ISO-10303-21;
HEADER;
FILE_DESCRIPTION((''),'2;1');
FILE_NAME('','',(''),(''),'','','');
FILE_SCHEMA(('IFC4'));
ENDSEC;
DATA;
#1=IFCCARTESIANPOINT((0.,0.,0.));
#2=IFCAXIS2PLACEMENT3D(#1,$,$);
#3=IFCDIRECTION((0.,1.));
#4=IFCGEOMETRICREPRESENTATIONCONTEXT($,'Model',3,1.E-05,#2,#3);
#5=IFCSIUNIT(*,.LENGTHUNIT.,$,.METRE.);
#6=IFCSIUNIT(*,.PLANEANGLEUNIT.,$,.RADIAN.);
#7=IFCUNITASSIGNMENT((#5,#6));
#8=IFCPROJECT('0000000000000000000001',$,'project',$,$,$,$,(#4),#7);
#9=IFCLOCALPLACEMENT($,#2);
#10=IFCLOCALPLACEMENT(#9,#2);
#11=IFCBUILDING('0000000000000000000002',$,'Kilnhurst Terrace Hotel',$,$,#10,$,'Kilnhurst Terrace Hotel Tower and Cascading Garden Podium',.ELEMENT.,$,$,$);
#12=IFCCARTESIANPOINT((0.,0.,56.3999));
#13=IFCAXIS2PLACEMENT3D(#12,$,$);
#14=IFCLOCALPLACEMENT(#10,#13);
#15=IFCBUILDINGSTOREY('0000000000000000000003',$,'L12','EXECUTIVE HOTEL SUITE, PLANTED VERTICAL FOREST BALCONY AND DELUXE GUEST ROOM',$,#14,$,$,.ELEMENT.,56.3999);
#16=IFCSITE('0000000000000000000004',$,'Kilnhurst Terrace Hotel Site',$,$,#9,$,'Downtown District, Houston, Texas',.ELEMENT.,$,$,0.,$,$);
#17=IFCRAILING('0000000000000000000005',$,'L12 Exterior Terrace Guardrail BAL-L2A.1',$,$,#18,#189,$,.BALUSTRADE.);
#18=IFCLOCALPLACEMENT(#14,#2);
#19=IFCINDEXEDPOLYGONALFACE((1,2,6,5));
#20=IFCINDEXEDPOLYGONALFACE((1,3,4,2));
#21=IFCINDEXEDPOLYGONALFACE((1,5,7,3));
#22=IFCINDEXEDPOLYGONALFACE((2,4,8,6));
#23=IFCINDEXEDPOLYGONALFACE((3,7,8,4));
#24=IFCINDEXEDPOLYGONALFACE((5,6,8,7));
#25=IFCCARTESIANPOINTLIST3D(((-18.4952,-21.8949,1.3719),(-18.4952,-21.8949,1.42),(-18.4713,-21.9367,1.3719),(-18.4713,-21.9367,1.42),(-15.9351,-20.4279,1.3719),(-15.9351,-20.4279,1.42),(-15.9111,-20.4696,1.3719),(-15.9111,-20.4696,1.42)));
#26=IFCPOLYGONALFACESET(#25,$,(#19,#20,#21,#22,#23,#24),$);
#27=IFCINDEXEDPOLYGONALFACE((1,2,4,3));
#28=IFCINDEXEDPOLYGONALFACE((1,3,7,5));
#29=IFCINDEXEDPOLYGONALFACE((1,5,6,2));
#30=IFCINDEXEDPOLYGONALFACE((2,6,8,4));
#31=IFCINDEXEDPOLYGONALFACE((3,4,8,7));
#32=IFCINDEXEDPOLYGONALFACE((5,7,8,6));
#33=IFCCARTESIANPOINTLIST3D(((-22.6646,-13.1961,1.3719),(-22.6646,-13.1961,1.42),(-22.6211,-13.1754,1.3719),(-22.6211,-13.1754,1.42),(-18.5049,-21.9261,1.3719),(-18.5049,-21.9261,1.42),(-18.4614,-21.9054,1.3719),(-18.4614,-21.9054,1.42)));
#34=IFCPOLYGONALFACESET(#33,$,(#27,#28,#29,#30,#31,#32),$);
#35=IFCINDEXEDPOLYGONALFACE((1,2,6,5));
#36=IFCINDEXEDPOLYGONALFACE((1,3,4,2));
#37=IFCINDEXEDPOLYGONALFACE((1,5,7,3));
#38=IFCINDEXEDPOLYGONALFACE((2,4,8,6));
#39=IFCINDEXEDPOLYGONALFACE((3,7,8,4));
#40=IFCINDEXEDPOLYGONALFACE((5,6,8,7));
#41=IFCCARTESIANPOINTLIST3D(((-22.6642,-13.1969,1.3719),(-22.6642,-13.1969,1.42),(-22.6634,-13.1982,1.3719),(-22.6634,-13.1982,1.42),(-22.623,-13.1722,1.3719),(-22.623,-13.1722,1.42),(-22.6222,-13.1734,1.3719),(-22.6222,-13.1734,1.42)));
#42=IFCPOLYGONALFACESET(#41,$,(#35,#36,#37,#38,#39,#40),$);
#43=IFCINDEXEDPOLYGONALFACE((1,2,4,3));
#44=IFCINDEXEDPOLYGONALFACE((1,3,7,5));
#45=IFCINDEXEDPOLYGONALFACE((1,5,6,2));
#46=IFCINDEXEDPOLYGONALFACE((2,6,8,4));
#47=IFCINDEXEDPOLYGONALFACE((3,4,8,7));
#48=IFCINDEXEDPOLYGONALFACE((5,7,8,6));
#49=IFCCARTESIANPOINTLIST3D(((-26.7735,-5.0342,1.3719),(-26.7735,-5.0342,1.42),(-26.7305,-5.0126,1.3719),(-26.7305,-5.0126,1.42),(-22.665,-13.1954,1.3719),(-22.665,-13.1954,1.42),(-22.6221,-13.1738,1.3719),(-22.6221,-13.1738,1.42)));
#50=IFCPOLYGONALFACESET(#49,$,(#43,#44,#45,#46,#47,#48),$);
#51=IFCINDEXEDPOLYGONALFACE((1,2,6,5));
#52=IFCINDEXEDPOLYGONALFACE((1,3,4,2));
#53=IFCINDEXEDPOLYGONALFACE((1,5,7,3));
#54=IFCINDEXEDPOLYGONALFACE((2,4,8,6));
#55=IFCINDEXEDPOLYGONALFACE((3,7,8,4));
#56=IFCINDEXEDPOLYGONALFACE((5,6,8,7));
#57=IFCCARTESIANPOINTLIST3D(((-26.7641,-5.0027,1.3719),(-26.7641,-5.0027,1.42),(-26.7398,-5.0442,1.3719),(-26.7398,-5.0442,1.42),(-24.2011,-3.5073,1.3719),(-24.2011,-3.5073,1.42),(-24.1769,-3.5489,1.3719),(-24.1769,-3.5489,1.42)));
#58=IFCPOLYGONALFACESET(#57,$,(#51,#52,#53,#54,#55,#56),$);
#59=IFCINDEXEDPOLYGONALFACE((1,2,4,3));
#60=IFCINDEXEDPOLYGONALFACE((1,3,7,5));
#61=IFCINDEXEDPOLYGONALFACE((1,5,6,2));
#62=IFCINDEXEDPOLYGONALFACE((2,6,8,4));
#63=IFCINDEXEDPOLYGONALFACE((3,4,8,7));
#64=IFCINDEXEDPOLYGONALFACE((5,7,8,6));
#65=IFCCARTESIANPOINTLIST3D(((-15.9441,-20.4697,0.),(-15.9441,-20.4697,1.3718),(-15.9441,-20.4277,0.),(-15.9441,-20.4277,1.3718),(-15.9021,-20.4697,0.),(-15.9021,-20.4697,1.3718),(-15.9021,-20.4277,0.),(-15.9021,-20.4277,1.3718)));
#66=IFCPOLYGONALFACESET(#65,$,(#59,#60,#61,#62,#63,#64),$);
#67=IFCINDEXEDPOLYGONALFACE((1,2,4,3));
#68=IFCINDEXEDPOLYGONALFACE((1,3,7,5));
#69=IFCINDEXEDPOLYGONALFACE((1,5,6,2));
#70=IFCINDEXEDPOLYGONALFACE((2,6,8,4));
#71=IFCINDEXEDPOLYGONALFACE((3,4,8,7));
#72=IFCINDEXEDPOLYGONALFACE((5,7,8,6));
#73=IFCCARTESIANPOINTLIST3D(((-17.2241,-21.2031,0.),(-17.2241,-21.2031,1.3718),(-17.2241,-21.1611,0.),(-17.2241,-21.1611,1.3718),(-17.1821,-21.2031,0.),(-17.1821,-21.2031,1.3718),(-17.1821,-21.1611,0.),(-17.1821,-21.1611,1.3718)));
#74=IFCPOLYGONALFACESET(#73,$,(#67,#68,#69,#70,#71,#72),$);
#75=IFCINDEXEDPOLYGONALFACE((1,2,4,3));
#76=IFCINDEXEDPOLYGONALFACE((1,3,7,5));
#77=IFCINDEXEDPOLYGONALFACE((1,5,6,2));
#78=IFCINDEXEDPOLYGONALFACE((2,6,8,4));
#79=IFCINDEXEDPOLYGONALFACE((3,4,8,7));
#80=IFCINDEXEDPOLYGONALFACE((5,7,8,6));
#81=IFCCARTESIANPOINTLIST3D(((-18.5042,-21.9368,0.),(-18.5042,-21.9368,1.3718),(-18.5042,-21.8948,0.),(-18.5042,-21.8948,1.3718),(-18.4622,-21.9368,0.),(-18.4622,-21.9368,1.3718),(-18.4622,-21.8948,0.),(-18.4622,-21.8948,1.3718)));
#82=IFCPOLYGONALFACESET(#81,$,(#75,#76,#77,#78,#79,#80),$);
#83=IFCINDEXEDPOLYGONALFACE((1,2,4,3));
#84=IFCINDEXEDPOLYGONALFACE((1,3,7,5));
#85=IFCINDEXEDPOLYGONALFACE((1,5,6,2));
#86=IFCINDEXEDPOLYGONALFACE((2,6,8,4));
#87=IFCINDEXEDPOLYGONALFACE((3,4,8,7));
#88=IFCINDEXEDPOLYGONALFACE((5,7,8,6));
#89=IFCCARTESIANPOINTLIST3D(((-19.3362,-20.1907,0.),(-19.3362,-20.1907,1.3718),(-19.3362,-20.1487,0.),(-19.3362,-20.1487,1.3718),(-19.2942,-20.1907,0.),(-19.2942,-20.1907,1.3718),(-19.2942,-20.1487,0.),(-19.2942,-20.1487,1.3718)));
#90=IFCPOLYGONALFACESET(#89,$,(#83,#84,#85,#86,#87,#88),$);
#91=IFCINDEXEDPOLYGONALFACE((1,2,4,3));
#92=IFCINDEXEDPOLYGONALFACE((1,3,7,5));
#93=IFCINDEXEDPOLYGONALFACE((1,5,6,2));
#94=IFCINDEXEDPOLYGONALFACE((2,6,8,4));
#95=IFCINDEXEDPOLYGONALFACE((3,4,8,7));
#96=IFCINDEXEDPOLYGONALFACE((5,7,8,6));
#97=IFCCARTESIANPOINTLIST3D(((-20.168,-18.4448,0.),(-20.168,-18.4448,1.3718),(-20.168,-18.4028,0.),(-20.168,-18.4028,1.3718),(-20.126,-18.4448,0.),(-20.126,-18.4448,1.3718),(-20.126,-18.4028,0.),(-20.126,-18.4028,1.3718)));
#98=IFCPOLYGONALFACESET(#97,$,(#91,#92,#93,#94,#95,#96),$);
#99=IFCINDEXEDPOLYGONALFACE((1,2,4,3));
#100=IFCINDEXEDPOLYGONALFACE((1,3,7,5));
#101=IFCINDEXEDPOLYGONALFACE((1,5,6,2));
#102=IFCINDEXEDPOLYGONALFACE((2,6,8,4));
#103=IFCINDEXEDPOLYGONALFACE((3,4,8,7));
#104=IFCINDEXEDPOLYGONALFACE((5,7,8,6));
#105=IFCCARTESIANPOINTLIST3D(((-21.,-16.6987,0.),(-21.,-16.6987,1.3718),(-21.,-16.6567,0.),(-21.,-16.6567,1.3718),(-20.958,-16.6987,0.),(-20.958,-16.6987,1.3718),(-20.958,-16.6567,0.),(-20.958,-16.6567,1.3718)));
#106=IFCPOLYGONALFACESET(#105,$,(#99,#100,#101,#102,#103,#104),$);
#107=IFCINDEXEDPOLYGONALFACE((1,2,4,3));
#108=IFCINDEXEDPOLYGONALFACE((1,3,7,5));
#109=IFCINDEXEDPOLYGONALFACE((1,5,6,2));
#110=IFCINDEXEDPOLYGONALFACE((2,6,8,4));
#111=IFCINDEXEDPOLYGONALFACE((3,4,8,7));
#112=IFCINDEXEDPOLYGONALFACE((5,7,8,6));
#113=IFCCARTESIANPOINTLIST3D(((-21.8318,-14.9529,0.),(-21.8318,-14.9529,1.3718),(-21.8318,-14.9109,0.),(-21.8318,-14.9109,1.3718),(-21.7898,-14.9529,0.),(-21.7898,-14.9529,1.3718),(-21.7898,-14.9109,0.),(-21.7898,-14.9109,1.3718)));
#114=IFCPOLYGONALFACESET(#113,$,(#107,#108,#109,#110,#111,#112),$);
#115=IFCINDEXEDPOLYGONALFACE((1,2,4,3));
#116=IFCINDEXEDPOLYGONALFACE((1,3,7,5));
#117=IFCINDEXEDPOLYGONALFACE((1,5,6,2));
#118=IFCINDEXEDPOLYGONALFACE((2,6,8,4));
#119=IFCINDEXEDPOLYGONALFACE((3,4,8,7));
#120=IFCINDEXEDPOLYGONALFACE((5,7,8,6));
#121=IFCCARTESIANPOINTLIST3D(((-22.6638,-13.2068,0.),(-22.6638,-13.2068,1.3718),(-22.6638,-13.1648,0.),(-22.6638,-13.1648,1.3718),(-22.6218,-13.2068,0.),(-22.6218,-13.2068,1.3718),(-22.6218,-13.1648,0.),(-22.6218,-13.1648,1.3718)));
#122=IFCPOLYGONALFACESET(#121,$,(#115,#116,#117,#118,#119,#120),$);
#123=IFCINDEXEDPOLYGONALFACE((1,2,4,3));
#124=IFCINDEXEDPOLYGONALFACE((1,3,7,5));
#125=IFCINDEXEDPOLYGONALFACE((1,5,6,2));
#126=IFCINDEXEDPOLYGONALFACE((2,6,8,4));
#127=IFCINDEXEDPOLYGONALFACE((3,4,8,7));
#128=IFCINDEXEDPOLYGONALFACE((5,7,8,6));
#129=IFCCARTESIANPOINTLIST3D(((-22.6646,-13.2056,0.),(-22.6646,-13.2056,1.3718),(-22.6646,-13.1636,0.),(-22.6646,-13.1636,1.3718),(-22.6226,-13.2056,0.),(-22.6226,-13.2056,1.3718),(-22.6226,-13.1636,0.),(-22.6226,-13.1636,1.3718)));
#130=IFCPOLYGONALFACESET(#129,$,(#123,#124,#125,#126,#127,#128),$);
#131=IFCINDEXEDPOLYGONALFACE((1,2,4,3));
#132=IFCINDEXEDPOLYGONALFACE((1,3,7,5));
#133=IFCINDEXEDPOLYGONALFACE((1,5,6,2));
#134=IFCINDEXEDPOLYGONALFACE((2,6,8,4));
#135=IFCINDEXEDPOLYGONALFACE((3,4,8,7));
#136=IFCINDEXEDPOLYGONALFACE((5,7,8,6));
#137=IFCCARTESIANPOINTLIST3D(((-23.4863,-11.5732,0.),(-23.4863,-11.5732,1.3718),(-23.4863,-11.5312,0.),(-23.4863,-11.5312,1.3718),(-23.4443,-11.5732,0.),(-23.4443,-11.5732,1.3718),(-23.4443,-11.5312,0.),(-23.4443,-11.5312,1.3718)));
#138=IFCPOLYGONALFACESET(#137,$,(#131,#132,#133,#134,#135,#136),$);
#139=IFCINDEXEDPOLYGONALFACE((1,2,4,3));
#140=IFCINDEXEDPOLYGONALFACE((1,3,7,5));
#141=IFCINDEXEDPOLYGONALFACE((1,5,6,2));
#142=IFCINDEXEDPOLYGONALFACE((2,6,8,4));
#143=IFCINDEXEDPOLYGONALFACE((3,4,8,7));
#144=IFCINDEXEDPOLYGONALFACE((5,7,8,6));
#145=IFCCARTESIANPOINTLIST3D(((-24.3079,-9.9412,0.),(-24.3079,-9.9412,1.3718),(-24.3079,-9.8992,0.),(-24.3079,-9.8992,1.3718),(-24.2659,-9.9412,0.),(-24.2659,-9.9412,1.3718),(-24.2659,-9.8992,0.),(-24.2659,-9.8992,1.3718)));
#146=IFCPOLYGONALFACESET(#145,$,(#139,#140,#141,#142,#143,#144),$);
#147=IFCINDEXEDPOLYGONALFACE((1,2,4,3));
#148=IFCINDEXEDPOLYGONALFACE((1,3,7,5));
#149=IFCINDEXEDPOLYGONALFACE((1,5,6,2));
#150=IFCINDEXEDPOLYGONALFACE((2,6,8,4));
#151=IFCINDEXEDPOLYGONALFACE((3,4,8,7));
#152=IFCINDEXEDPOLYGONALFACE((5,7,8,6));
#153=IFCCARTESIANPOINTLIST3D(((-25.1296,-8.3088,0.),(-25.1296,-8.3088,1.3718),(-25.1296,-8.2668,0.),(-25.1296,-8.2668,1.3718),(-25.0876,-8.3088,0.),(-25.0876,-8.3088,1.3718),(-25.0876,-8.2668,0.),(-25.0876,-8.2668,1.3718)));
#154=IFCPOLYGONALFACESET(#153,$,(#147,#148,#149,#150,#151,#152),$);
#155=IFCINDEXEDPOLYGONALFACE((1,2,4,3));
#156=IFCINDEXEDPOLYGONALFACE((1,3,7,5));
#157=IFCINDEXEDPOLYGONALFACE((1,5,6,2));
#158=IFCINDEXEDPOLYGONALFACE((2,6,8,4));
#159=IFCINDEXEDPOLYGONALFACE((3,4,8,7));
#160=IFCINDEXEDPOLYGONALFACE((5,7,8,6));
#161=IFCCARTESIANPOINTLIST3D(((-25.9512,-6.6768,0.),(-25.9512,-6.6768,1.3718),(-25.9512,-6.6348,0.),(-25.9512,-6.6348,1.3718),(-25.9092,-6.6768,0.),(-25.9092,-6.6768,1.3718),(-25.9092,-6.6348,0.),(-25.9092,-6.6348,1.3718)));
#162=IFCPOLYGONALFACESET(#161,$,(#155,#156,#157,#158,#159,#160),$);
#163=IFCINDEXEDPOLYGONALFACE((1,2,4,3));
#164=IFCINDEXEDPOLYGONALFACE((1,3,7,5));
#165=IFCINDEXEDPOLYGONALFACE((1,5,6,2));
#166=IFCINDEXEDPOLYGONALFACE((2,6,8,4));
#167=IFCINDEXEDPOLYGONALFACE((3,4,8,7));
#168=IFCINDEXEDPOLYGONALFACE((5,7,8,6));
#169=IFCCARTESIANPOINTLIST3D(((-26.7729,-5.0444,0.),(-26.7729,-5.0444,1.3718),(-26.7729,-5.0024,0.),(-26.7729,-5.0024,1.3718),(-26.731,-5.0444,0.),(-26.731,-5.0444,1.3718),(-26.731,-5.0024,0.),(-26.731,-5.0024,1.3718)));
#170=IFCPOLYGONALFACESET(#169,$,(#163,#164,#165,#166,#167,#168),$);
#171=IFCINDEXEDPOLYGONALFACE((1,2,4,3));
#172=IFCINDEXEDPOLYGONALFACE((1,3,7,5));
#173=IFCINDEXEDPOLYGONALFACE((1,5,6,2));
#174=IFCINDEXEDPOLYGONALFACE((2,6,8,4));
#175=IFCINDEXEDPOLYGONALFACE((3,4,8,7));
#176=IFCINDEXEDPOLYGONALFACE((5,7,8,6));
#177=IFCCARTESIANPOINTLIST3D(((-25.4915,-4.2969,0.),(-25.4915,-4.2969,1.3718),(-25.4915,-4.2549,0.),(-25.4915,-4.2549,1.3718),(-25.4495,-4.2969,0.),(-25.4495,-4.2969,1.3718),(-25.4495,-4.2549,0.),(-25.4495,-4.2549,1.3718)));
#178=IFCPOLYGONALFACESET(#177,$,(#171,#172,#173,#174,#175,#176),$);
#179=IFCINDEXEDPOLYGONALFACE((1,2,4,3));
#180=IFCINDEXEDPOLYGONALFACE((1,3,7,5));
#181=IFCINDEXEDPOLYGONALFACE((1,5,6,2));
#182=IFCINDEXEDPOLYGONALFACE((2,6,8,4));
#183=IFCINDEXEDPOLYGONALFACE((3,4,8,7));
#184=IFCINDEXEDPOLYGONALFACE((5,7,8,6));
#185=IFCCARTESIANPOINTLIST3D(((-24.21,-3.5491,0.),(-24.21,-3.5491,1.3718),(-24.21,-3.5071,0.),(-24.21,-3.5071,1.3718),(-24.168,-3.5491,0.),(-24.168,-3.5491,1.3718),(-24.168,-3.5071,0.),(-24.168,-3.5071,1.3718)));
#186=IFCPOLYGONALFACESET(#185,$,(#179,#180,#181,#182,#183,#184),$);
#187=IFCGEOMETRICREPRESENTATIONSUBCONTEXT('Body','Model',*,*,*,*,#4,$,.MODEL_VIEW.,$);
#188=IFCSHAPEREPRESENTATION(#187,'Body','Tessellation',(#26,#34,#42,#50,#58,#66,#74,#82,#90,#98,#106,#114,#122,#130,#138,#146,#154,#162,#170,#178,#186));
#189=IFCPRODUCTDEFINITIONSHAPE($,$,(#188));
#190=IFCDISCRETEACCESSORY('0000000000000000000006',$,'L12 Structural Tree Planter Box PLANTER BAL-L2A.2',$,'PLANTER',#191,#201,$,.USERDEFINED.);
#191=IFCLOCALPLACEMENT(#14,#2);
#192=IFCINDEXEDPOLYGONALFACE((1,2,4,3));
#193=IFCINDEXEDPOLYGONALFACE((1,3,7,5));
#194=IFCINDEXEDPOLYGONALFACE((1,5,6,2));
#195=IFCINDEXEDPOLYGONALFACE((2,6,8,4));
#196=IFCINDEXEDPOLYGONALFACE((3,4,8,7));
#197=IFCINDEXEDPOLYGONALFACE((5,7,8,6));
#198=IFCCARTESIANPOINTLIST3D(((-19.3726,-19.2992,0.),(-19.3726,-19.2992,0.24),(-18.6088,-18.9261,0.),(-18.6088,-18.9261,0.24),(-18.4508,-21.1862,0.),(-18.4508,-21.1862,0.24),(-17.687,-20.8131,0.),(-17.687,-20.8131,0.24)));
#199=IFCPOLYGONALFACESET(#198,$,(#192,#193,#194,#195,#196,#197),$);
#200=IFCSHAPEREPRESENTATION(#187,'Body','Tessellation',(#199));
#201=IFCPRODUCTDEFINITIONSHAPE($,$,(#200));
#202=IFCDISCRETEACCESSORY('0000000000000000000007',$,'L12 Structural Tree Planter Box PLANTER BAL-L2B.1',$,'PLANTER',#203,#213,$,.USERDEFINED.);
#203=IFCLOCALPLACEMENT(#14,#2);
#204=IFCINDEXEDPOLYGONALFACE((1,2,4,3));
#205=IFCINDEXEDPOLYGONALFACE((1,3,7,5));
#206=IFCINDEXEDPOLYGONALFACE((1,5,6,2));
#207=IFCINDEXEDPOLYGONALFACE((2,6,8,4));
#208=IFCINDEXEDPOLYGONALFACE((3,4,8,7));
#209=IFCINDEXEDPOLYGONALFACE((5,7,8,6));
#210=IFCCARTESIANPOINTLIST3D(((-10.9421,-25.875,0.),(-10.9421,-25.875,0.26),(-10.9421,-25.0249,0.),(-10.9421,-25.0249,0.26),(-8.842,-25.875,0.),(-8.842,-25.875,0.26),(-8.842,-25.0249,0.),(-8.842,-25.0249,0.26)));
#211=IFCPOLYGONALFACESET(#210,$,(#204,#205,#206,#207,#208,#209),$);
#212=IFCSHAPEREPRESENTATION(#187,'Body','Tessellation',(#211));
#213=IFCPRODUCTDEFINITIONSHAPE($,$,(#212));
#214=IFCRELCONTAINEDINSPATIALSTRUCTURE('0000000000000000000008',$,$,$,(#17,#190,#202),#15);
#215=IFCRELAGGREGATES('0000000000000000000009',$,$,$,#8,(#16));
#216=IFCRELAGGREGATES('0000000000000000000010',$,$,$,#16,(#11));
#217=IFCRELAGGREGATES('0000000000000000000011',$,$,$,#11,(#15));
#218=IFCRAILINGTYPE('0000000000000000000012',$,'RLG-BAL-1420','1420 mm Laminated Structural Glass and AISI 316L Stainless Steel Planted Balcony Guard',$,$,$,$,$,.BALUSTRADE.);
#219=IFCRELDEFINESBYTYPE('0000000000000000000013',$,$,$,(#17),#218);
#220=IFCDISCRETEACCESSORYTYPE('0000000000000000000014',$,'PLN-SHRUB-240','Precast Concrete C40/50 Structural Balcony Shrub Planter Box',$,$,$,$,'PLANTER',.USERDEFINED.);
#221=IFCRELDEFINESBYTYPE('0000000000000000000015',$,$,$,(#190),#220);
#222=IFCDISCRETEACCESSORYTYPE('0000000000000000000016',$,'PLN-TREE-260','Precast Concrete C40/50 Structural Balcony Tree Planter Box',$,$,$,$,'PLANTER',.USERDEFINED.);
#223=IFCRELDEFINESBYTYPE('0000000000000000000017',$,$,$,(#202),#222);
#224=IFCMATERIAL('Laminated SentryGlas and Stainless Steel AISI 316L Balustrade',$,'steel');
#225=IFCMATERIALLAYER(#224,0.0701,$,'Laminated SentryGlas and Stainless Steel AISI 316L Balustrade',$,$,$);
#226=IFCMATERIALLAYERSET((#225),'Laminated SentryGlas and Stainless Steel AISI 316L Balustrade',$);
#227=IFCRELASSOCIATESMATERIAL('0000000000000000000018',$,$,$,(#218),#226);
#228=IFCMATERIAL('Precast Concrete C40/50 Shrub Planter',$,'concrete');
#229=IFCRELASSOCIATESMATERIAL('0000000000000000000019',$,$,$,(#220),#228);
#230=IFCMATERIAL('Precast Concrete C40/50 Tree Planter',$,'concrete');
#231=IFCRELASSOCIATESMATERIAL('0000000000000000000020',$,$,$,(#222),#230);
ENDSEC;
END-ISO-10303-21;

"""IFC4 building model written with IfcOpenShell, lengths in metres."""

from ifc_helpers import new_model, si_unit, direction, frame, origin, origin_2d, place, context, subcontext, project, spatial, rectangle, extrude, material, layer, layer_set, type_object, element, save


model = new_model("IFC4")

# Units and contexts
model_context = context("Model", 3, precision=1e-05, world=origin(), true_north=direction((0.0, 1.0)))
body_context = subcontext(model_context, "Body", "Model", "MODEL_VIEW")
ifc_project = project(units=[si_unit("LENGTHUNIT", "METRE"), si_unit("PLANEANGLEUNIT", "RADIAN")], contexts=[model_context])

# Site, building, storey
site_placement = place(None, origin())
site = spatial("IfcSite", under=ifc_project, at=site_placement, Name="Kilnhurst Terrace Hotel Site", LongName="Downtown District, Houston, Texas", CompositionType="ELEMENT", RefElevation=0.0)
building_placement = place(site_placement, origin())
building = spatial("IfcBuilding", under=site, at=building_placement, Name="Kilnhurst Terrace Hotel", LongName="Kilnhurst Terrace Hotel Tower and Cascading Garden Podium", CompositionType="ELEMENT")
storey_placement = place(building_placement, frame((0.0, 0.0, 56.3999)))
storey = spatial("IfcBuildingStorey", under=building, at=storey_placement, Name="L12", Description="EXECUTIVE HOTEL SUITE, PLANTED VERTICAL FOREST BALCONY AND DELUXE GUEST ROOM", CompositionType="ELEMENT", Elevation=56.3999)

# Railing
ifc_material_1 = material(Name="Laminated SentryGlas and Stainless Steel AISI 316L Balustrade", Category="steel")
ifc_layer_1 = layer(ifc_material_1, 0.0701, Name="Laminated SentryGlas and Stainless Steel AISI 316L Balustrade")
ifc_layer_set_1 = layer_set([ifc_layer_1], Name="Laminated SentryGlas and Stainless Steel AISI 316L Balustrade")
railing_type = type_object("IfcRailingType", Name="RLG-BAL-1420", Description="1420 mm Laminated Structural Glass and AISI 316L Stainless Steel Planted Balcony Guard", PredefinedType="BALUSTRADE", material=ifc_layer_set_1)
railing_placement = place(storey_placement, frame((-15.9231, -20.4487, 0.0)))
element("IfcRailing", 1, at=railing_placement, inside=storey, type_object=railing_type, Name="L12 Exterior Terrace Guardrail BAL-L2A.1", PredefinedType="BALUSTRADE", context=body_context, shape_type="SweptSolid", body=[
    extrude(rectangle(XDim=0.0481, YDim=0.0481, at=origin_2d()), frame((0.0, 0.0, 1.396), z_axis=(-0.867637, -0.497199, 0.0), x_axis=(0.497199, -0.867637, 0.0)), (0.0, 0.0, 1.0), 2.9507),
    extrude(rectangle(XDim=0.0481, YDim=0.0481, at=origin_2d()), frame((-2.5601, -1.467, 1.396), z_axis=(-0.430147, 0.902759, 0.0), x_axis=(-0.902759, -0.430147, 0.0)), (0.0, 0.0, 1.0), 9.6704),
    extrude(rectangle(XDim=0.0481, YDim=0.0481, at=origin_2d()), frame((-6.7197, 7.2629, 1.396), z_axis=(-0.514496, 0.857493, 0.0), x_axis=(-0.857493, -0.514496, 0.0)), (0.0, 0.0, 1.0), 0.0015),
    extrude(rectangle(XDim=0.0481, YDim=0.0481, at=origin_2d()), frame((-6.7205, 7.2642, 1.396), z_axis=(-0.449649, 0.893205, 0.0), x_axis=(-0.893205, -0.449649, 0.0)), (0.0, 0.0, 1.0), 9.137),
    extrude(rectangle(XDim=0.0481, YDim=0.0481, at=origin_2d()), frame((-10.8289, 15.4253, 1.396), z_axis=(0.863737, 0.503943, 0.0), x_axis=(-0.503943, 0.863737, 0.0)), (0.0, 0.0, 1.0), 2.9673),
    extrude(rectangle(XDim=0.042, YDim=0.042, at=origin_2d()), origin(), (0.0, 0.0, 1.0), 1.3718),
    extrude(rectangle(XDim=0.042, YDim=0.042, at=origin_2d()), frame((-1.28, -0.7334, 0.0)), (0.0, 0.0, 1.0), 1.3718),
    extrude(rectangle(XDim=0.042, YDim=0.042, at=origin_2d()), frame((-2.5601, -1.467, 0.0)), (0.0, 0.0, 1.0), 1.3718),
    extrude(rectangle(XDim=0.042, YDim=0.042, at=origin_2d()), frame((-3.3921, 0.2791, 0.0)), (0.0, 0.0, 1.0), 1.3718),
    extrude(rectangle(XDim=0.042, YDim=0.042, at=origin_2d()), frame((-4.2239, 2.0249, 0.0)), (0.0, 0.0, 1.0), 1.3718),
    extrude(rectangle(XDim=0.042, YDim=0.042, at=origin_2d()), frame((-5.0559, 3.771, 0.0)), (0.0, 0.0, 1.0), 1.3718),
    extrude(rectangle(XDim=0.042, YDim=0.042, at=origin_2d()), frame((-5.8877, 5.5168, 0.0)), (0.0, 0.0, 1.0), 1.3718),
    extrude(rectangle(XDim=0.042, YDim=0.042, at=origin_2d()), frame((-6.7197, 7.2629, 0.0)), (0.0, 0.0, 1.0), 1.3718),
    extrude(rectangle(XDim=0.042, YDim=0.042, at=origin_2d()), frame((-6.7205, 7.2642, 0.0)), (0.0, 0.0, 1.0), 1.3718),
    extrude(rectangle(XDim=0.042, YDim=0.042, at=origin_2d()), frame((-7.5422, 8.8965, 0.0)), (0.0, 0.0, 1.0), 1.3718),
    extrude(rectangle(XDim=0.042, YDim=0.042, at=origin_2d()), frame((-8.3638, 10.5286, 0.0)), (0.0, 0.0, 1.0), 1.3718),
    extrude(rectangle(XDim=0.042, YDim=0.042, at=origin_2d()), frame((-9.1855, 12.1609, 0.0)), (0.0, 0.0, 1.0), 1.3718),
    extrude(rectangle(XDim=0.042, YDim=0.042, at=origin_2d()), frame((-10.0071, 13.793, 0.0)), (0.0, 0.0, 1.0), 1.3718),
    extrude(rectangle(XDim=0.042, YDim=0.042, at=origin_2d()), frame((-10.8289, 15.4253, 0.0)), (0.0, 0.0, 1.0), 1.3718),
    extrude(rectangle(XDim=0.042, YDim=0.042, at=origin_2d()), frame((-9.5474, 16.1729, 0.0)), (0.0, 0.0, 1.0), 1.3718),
    extrude(rectangle(XDim=0.042, YDim=0.042, at=origin_2d()), frame((-8.2659, 16.9207, 0.0)), (0.0, 0.0, 1.0), 1.3718),
])

# Discrete accessories
ifc_material_2 = material(Name="Precast Concrete C40/50 Shrub Planter", Category="concrete")
discrete_accessory_type_1 = type_object("IfcDiscreteAccessoryType", Name="PLN-SHRUB-240", Description="Precast Concrete C40/50 Structural Balcony Shrub Planter Box", ElementType="PLANTER", PredefinedType="USERDEFINED", material=ifc_material_2)
discrete_accessory_1_placement = place(storey_placement, frame((-18.5298, -20.0562, 0.0), z_axis=(0.0, 0.0, 1.0), x_axis=(0.438936, -0.898518, 0.0)))
element("IfcDiscreteAccessory", 2, at=discrete_accessory_1_placement, inside=storey, type_object=discrete_accessory_type_1, Name="L12 Structural Tree Planter Box PLANTER BAL-L2A.2", ObjectType="PLANTER", PredefinedType="USERDEFINED", context=body_context, shape_type="SweptSolid", body=[
    extrude(rectangle(XDim=2.1001, YDim=0.8501, at=origin_2d()), origin(), (0.0, 0.0, 1.0), 0.24),
])
ifc_material_3 = material(Name="Precast Concrete C40/50 Tree Planter", Category="concrete")
discrete_accessory_type_2 = type_object("IfcDiscreteAccessoryType", Name="PLN-TREE-260", Description="Precast Concrete C40/50 Structural Balcony Tree Planter Box", ElementType="PLANTER", PredefinedType="USERDEFINED", material=ifc_material_3)
discrete_accessory_2_placement = place(storey_placement, frame((-9.8921, -25.45, 0.0), z_axis=(0.0, 0.0, 1.0), x_axis=(1.0, 0.0, 0.0)))
element("IfcDiscreteAccessory", 3, at=discrete_accessory_2_placement, inside=storey, type_object=discrete_accessory_type_2, Name="L12 Structural Tree Planter Box PLANTER BAL-L2B.1", ObjectType="PLANTER", PredefinedType="USERDEFINED", context=body_context, shape_type="SweptSolid", body=[
    extrude(rectangle(XDim=2.1001, YDim=0.8501, at=origin_2d()), origin(), (0.0, 0.0, 1.0), 0.26),
])

save(model, "model.ifc")
